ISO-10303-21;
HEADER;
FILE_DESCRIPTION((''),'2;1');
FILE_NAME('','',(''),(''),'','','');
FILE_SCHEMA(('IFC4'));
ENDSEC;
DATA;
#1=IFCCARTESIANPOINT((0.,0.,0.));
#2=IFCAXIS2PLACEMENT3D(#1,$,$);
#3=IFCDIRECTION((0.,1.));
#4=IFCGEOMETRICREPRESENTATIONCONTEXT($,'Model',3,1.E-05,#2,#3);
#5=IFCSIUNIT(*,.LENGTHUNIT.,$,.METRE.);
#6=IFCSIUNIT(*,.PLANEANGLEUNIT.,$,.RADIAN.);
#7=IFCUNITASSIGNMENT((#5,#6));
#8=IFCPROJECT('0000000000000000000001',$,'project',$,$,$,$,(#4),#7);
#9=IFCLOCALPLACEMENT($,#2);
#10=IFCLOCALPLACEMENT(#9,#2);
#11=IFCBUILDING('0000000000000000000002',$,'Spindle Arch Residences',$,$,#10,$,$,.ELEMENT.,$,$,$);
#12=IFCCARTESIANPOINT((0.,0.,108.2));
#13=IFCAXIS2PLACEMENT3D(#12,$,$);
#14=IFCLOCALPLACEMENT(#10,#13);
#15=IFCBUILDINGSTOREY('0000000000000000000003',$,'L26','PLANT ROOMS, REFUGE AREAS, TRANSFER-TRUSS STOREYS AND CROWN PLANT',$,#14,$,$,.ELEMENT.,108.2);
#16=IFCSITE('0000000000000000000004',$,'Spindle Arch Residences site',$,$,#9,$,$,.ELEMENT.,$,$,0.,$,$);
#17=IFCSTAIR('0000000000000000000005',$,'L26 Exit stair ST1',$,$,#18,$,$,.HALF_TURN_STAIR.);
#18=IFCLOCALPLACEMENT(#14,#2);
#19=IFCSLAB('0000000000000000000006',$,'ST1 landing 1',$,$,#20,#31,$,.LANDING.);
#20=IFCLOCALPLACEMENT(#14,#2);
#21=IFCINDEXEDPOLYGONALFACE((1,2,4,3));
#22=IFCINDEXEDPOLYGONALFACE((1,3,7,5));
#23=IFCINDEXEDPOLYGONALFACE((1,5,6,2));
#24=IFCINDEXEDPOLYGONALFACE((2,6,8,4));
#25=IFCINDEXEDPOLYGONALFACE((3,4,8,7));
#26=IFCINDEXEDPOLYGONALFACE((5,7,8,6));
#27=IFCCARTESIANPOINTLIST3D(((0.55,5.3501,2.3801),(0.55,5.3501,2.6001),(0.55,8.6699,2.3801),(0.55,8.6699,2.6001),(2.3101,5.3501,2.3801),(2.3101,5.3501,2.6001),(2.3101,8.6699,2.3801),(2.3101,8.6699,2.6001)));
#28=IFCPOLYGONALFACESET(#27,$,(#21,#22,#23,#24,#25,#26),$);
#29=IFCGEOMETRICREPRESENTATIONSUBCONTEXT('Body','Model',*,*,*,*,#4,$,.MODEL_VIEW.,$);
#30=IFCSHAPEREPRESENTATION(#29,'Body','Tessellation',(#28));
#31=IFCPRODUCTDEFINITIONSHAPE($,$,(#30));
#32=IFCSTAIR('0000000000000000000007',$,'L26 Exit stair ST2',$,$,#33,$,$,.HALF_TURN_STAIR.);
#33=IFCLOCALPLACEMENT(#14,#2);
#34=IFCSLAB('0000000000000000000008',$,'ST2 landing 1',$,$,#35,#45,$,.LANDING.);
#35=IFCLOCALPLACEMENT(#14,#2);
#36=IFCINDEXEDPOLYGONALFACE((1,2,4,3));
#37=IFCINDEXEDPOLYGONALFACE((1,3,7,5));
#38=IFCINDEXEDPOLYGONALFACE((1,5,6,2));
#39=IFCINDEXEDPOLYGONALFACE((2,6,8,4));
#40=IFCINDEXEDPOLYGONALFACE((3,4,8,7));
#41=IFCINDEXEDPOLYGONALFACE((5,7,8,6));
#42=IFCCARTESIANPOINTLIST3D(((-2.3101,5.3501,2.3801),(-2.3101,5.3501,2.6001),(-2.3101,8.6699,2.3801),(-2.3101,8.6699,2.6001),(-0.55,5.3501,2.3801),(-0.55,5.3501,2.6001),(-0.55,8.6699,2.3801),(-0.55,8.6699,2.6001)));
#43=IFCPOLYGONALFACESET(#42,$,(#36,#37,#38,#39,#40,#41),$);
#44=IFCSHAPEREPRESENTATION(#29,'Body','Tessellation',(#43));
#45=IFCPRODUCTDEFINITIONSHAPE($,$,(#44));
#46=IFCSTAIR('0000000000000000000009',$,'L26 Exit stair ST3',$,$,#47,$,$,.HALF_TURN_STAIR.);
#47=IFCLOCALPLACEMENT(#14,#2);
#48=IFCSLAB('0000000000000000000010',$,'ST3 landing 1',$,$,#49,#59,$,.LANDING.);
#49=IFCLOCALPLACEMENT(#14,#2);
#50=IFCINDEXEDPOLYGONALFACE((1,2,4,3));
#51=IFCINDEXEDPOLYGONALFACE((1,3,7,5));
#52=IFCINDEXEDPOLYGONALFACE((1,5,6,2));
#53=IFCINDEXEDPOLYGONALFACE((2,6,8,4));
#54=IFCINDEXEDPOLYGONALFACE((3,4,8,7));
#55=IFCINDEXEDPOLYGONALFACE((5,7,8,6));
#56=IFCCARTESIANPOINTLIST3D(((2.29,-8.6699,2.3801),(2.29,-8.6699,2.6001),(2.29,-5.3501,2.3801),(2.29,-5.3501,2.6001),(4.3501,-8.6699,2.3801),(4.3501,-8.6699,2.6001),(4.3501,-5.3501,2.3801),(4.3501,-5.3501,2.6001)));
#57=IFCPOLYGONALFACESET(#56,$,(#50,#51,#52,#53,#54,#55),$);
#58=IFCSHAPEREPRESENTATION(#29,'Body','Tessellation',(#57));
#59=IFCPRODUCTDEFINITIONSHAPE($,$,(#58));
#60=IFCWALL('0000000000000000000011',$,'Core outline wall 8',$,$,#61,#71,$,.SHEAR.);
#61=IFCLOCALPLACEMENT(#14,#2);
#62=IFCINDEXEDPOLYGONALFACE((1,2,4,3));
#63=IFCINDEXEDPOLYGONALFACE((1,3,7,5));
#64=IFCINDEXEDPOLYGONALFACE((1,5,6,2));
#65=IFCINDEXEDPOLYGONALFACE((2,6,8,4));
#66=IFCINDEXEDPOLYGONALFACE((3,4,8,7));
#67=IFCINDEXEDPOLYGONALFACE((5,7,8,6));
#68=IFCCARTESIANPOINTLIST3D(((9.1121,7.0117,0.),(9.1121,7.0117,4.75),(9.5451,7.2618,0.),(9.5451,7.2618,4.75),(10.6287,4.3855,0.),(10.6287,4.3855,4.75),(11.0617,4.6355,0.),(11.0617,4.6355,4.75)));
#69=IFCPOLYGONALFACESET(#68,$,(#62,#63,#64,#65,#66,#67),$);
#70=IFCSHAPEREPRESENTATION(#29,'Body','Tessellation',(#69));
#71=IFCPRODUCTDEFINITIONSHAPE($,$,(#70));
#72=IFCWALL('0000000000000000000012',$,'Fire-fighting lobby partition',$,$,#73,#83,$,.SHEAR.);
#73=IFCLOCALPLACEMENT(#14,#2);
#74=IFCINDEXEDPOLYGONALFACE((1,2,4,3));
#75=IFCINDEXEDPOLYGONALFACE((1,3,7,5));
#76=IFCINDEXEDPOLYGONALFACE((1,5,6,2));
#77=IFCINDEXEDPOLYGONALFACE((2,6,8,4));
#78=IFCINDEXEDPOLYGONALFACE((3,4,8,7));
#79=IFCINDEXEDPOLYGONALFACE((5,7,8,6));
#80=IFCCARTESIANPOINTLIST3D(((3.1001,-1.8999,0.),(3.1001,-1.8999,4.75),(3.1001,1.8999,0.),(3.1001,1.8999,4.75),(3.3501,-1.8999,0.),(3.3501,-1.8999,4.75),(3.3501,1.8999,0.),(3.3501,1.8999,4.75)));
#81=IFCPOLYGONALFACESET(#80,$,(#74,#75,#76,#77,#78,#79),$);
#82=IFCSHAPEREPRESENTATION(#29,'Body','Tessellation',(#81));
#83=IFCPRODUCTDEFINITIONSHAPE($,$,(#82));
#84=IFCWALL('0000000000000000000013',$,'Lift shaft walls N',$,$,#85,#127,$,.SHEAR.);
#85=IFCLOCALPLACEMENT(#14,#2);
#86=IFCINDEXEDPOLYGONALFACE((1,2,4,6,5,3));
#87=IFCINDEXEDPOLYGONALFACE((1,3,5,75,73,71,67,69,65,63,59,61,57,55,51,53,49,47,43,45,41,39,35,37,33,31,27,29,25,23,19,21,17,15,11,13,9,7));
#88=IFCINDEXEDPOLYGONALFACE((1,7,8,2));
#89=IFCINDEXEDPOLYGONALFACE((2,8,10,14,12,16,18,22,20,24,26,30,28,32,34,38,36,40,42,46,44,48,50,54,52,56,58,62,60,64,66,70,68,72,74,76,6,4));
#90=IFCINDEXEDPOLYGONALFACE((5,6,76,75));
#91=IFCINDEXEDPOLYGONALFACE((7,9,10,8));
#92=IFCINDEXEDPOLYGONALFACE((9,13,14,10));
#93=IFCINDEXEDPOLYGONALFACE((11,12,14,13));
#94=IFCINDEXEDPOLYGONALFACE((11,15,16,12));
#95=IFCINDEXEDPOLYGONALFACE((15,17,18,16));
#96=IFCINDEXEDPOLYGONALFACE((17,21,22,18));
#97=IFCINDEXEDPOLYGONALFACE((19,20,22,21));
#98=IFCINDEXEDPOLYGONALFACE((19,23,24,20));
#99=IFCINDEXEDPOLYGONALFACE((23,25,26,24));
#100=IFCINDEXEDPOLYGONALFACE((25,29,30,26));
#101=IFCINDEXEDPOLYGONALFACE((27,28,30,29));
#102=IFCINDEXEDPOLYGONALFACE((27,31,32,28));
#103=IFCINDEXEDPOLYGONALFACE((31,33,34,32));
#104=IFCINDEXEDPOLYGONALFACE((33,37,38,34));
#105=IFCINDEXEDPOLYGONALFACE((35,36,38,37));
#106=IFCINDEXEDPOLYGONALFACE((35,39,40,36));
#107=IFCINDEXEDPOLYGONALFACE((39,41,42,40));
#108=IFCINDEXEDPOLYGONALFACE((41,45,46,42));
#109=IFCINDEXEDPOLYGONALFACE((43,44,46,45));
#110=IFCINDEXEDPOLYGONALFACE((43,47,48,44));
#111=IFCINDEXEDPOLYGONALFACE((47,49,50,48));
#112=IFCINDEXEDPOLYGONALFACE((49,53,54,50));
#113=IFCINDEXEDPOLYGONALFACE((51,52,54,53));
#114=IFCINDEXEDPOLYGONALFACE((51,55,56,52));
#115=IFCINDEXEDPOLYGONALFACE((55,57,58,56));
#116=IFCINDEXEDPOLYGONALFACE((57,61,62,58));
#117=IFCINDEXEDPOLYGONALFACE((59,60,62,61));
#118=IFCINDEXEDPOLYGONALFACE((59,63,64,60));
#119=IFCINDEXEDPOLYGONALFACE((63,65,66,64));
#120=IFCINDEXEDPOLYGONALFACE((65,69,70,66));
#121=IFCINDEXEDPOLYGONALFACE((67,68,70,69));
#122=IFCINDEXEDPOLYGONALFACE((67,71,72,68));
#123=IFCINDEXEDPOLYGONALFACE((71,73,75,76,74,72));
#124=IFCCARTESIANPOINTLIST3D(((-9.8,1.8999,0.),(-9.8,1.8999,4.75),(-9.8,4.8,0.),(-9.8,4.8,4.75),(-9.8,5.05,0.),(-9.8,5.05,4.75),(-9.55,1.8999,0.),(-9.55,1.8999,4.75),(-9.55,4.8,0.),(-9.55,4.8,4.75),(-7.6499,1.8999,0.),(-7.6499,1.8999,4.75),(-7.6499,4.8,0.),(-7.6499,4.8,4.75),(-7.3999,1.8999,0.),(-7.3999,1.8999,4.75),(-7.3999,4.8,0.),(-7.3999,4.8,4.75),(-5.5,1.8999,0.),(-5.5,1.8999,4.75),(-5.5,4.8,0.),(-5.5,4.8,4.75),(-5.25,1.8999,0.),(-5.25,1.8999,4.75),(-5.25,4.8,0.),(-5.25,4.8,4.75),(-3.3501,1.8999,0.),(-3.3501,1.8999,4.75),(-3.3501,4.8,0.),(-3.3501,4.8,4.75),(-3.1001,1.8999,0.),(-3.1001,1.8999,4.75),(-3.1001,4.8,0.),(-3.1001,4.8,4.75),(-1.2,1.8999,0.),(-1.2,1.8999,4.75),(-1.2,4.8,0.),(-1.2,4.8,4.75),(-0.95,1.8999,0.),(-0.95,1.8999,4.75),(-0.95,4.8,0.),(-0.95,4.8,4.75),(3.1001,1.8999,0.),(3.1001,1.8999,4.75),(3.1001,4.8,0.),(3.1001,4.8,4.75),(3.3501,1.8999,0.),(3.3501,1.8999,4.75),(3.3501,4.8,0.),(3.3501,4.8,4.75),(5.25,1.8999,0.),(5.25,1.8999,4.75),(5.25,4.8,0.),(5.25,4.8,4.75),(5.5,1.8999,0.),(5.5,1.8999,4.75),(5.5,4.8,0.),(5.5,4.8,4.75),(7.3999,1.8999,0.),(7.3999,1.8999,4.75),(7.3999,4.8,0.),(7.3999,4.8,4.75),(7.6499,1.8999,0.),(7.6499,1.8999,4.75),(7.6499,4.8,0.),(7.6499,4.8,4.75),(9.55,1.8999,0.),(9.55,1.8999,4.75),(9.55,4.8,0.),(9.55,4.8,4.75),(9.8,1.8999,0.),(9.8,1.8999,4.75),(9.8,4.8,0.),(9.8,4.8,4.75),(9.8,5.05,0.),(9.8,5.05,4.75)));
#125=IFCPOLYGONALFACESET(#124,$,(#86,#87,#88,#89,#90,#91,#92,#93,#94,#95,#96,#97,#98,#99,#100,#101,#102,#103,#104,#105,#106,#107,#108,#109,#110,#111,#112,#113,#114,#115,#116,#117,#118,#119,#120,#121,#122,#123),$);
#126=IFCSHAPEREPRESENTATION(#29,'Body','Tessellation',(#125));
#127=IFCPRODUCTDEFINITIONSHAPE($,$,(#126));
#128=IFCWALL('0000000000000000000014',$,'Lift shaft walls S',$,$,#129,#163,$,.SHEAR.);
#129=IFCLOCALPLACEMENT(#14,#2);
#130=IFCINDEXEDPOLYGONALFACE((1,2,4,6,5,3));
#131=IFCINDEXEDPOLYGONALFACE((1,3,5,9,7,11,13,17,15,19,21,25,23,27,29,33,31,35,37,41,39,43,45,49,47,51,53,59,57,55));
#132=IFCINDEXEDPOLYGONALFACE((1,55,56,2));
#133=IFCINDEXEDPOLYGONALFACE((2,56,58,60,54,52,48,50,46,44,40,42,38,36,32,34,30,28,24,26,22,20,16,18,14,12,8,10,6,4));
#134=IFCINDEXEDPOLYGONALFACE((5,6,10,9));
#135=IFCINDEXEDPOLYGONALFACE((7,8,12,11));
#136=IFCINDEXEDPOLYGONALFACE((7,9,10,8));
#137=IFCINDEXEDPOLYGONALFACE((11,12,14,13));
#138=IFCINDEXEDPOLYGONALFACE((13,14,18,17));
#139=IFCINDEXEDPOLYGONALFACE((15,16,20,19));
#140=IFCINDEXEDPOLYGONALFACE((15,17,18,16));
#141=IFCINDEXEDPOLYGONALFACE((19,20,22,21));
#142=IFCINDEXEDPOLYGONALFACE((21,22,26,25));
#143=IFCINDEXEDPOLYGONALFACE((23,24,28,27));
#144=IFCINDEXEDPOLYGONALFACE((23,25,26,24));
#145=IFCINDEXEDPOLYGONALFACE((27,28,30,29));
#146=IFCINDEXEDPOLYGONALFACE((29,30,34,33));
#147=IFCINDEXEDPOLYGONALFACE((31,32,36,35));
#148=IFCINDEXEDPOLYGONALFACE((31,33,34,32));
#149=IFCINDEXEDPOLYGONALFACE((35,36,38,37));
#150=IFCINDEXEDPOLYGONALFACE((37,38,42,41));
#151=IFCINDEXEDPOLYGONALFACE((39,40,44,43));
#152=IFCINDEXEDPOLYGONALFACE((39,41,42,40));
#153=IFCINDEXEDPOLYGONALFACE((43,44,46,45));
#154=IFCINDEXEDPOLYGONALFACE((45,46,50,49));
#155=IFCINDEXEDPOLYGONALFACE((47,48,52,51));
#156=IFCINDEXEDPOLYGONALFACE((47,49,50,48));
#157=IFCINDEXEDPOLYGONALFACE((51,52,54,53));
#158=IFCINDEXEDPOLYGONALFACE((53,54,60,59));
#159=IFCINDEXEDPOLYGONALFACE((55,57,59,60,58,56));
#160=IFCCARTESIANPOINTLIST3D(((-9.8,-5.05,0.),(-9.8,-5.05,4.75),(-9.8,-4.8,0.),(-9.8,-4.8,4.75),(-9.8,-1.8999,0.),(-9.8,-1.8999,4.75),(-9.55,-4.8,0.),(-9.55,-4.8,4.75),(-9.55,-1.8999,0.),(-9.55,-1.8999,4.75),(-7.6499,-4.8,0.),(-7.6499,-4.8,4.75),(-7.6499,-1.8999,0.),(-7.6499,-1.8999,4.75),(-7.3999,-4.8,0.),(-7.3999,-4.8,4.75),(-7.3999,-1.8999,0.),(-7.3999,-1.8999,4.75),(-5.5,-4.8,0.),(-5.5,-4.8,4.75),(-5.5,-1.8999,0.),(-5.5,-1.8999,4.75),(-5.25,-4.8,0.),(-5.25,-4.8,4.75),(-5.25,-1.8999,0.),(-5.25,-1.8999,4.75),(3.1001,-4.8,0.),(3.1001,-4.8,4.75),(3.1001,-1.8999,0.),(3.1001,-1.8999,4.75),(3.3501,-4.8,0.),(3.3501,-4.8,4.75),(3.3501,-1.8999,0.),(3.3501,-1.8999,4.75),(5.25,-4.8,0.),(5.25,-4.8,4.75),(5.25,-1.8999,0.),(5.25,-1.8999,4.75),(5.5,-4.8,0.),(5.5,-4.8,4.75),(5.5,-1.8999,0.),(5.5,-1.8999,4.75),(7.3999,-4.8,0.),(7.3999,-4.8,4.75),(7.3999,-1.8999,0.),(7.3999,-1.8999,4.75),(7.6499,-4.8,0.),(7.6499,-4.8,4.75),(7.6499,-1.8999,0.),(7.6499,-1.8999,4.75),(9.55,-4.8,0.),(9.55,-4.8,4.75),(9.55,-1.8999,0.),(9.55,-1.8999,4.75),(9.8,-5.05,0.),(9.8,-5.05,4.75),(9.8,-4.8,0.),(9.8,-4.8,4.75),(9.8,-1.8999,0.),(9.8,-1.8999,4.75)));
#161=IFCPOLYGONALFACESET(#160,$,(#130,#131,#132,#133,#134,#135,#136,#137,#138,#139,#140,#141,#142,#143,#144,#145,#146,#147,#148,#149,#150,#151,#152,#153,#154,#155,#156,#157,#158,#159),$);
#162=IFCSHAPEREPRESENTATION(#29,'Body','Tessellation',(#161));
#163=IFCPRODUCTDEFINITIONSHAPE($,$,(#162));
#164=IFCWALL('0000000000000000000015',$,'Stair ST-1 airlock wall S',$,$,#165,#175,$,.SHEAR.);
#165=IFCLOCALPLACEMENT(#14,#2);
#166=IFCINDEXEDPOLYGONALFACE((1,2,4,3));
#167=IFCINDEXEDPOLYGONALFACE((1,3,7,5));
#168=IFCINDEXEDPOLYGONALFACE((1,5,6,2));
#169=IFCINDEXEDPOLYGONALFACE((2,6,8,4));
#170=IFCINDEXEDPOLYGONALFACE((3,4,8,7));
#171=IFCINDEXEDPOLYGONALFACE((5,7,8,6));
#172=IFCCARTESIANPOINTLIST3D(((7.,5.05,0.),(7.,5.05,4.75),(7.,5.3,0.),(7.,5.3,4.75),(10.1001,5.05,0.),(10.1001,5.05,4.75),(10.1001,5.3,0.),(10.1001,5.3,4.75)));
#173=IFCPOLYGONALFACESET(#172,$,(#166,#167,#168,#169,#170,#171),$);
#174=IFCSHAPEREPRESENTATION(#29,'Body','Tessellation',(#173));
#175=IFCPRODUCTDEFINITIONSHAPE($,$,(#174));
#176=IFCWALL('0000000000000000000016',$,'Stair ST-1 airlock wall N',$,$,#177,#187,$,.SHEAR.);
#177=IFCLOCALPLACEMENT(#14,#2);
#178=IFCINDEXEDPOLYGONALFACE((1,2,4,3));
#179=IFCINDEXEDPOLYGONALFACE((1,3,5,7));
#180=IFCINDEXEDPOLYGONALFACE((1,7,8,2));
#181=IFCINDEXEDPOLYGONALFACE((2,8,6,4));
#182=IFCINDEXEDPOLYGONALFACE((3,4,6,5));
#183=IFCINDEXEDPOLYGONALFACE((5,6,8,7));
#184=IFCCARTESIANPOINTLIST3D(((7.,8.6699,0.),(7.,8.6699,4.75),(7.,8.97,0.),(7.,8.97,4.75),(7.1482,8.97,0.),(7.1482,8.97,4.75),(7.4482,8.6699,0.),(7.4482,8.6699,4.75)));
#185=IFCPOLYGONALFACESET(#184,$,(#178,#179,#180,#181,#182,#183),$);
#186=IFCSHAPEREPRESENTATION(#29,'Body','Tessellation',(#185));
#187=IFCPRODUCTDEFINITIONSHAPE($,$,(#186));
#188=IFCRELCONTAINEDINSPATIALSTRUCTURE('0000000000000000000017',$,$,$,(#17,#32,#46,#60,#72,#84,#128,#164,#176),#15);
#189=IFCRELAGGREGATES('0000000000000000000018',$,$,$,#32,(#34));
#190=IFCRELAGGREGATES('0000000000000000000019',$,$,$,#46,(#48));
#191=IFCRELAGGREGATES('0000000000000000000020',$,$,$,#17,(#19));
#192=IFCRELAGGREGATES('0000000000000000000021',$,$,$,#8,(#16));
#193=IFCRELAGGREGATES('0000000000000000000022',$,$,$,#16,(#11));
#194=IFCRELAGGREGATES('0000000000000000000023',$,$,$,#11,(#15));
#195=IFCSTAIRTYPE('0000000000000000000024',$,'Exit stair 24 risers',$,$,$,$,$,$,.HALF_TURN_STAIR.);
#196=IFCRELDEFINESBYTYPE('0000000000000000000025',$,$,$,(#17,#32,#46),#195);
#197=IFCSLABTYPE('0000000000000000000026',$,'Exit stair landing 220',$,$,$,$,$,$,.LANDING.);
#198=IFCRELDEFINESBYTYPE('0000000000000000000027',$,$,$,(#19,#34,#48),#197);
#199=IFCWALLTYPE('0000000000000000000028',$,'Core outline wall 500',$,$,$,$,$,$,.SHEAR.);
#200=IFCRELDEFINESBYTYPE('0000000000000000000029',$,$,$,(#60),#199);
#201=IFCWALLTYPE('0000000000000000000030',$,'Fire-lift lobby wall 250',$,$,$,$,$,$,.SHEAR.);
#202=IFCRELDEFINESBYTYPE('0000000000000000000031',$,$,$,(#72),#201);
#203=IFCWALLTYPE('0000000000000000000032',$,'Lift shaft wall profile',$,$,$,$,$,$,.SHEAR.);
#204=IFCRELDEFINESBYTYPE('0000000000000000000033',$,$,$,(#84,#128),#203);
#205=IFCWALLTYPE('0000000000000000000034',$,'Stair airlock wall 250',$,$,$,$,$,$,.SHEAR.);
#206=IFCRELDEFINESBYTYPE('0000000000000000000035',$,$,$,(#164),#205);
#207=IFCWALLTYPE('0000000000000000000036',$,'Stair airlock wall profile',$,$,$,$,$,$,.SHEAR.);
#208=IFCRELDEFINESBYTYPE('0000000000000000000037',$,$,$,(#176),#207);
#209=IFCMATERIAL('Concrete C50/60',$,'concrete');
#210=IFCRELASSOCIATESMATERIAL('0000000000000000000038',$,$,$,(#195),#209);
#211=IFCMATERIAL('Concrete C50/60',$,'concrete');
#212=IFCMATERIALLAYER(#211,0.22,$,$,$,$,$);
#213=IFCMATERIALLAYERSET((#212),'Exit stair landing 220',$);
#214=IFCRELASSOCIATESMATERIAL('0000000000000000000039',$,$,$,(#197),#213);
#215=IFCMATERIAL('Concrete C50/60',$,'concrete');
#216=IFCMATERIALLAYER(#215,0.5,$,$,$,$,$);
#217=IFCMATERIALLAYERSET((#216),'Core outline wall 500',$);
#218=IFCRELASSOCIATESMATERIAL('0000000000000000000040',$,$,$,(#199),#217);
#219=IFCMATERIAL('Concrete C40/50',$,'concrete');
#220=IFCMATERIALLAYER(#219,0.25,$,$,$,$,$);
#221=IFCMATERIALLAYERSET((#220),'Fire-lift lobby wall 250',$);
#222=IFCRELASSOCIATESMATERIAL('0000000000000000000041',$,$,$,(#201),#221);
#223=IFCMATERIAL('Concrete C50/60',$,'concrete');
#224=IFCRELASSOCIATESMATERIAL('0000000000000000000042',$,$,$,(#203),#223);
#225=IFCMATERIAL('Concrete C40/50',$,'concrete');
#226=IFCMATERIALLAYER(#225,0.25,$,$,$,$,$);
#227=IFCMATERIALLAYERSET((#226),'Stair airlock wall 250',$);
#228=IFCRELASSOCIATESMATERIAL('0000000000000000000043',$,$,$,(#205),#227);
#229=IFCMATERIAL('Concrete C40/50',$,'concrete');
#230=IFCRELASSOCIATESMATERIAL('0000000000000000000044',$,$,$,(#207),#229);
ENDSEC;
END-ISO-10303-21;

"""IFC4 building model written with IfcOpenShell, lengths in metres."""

from ifc_helpers import new_model, si_unit, direction, frame, frame_2d, origin, place, context, subcontext, project, spatial, polyline, rectangle, outline, extrude, material, layer, layer_set, type_object, element, aggregate, save


model = new_model("IFC4")

# Units and contexts
model_context = context("Model", 3, precision=1e-05, world=origin(), true_north=direction((0.0, 1.0)))
body_context = subcontext(model_context, "Body", "Model", "MODEL_VIEW")
ifc_project = project(units=[si_unit("LENGTHUNIT", "METRE"), si_unit("PLANEANGLEUNIT", "RADIAN")], contexts=[model_context])

# Site, building, storey
site_placement = place(None, origin())
site = spatial("IfcSite", under=ifc_project, at=site_placement, Name="Spindle Arch Residences site", CompositionType="ELEMENT", RefElevation=0.0)
building_placement = place(site_placement, origin())
building = spatial("IfcBuilding", under=site, at=building_placement, Name="Spindle Arch Residences", CompositionType="ELEMENT")
storey_placement = place(building_placement, frame((0.0, 0.0, 108.2)))
storey = spatial("IfcBuildingStorey", under=building, at=storey_placement, Name="L26", Description="PLANT ROOMS, REFUGE AREAS, TRANSFER-TRUSS STOREYS AND CROWN PLANT", CompositionType="ELEMENT", Elevation=108.2)

# Stairs, slabs
ifc_material_1 = material(Name="Concrete C50/60", Category="concrete")
stair_type = type_object("IfcStairType", Name="Exit stair 24 risers", PredefinedType="HALF_TURN_STAIR", material=ifc_material_1)
stair_1_placement = place(storey_placement, origin())
stair_1 = element("IfcStair", 1, at=stair_1_placement, inside=storey, type_object=stair_type, Name="L26 Exit stair ST1", PredefinedType="HALF_TURN_STAIR")
ifc_material_2 = material(Name="Concrete C50/60", Category="concrete")
ifc_layer_1 = layer(ifc_material_2, 0.22)
ifc_layer_set_1 = layer_set([ifc_layer_1], Name="Exit stair landing 220")
slab_type_1 = type_object("IfcSlabType", Name="Exit stair landing 220", PredefinedType="LANDING", material=ifc_layer_set_1)
slab_1_placement = place(storey_placement, frame((0.0, 0.0, 2.3801)))
slab_1 = element("IfcSlab", 2, at=slab_1_placement, type_object=slab_type_1, Name="ST1 landing 1", PredefinedType="LANDING", context=body_context, shape_type="SweptSolid", body=[
    extrude(outline(polyline([(2.3101, 8.6699), (0.55, 8.6699), (0.55, 5.3501), (2.3101, 5.3501), (2.3101, 8.6699)])), origin(), (0.0, 0.0, 1.0), 0.22),
])
stair_2_placement = place(storey_placement, origin())
stair_2 = element("IfcStair", 3, at=stair_2_placement, inside=storey, type_object=stair_type, Name="L26 Exit stair ST2", PredefinedType="HALF_TURN_STAIR")
slab_2_placement = place(storey_placement, frame((0.0, 0.0, 2.3801)))
slab_2 = element("IfcSlab", 4, at=slab_2_placement, type_object=slab_type_1, Name="ST2 landing 1", PredefinedType="LANDING", context=body_context, shape_type="SweptSolid", body=[
    extrude(outline(polyline([(-2.3101, 5.3501), (-0.55, 5.3501), (-0.55, 8.6699), (-2.3101, 8.6699), (-2.3101, 5.3501)])), origin(), (0.0, 0.0, 1.0), 0.22),
])
aggregate(stair_2, [slab_2])
stair_3_placement = place(storey_placement, origin())
stair_3 = element("IfcStair", 5, at=stair_3_placement, inside=storey, type_object=stair_type, Name="L26 Exit stair ST3", PredefinedType="HALF_TURN_STAIR")
slab_3_placement = place(storey_placement, frame((0.0, 0.0, 2.3801)))
slab_3 = element("IfcSlab", 6, at=slab_3_placement, type_object=slab_type_1, Name="ST3 landing 1", PredefinedType="LANDING", context=body_context, shape_type="SweptSolid", body=[
    extrude(outline(polyline([(2.29, -8.6699), (4.3501, -8.6699), (4.3501, -5.3501), (2.29, -5.3501), (2.29, -8.6699)])), origin(), (0.0, 0.0, 1.0), 0.22),
])
aggregate(stair_3, [slab_3])

# Wall
ifc_material_3 = material(Name="Concrete C50/60", Category="concrete")
ifc_layer_2 = layer(ifc_material_3, 0.5)
ifc_layer_set_2 = layer_set([ifc_layer_2], Name="Core outline wall 500")
wall_type_1 = type_object("IfcWallType", Name="Core outline wall 500", PredefinedType="SHEAR", material=ifc_layer_set_2)
wall_1_placement = place(storey_placement, frame((10.8452, 4.5105, 0.0), z_axis=(0.0, 0.0, 1.0), x_axis=(-0.500087, 0.865975, 0.0)))
element("IfcWall", 7, at=wall_1_placement, inside=storey, type_object=wall_type_1, Name="Core outline wall 8", PredefinedType="SHEAR", context=body_context, shape_type="SweptSolid", body=[
    extrude(rectangle(XDim=3.0327, YDim=0.5, at=frame_2d((1.5164, 0.0))), origin(), (0.0, 0.0, 1.0), 4.75),
])

# Shared definitions
ifc_material_4 = material(Name="Concrete C40/50", Category="concrete")
ifc_layer_3 = layer(ifc_material_4, 0.25)
ifc_layer_set_3 = layer_set([ifc_layer_3], Name="Fire-lift lobby wall 250")
wall_type_2 = type_object("IfcWallType", Name="Fire-lift lobby wall 250", PredefinedType="SHEAR", material=ifc_layer_set_3)

# Wall
wall_2_placement = place(storey_placement, frame((3.2251, -1.8999, 0.0), z_axis=(0.0, 0.0, 1.0), x_axis=(0.0, 1.0, 0.0)))
element("IfcWall", 8, at=wall_2_placement, inside=storey, type_object=wall_type_2, Name="Fire-fighting lobby partition", PredefinedType="SHEAR", context=body_context, shape_type="SweptSolid", body=[
    extrude(rectangle(XDim=3.7998, YDim=0.25, at=frame_2d((1.8999, 0.0))), origin(), (0.0, 0.0, 1.0), 4.75),
])

# Walls
ifc_material_5 = material(Name="Concrete C50/60", Category="concrete")
wall_type_3 = type_object("IfcWallType", Name="Lift shaft wall profile", PredefinedType="SHEAR", material=ifc_material_5)
wall_3_placement = place(storey_placement, origin())
element("IfcWall", 9, at=wall_3_placement, inside=storey, type_object=wall_type_3, Name="Lift shaft walls N", PredefinedType="SHEAR", context=body_context, shape_type="SweptSolid", body=[
    extrude(outline(polyline([(-9.55, 4.8), (-7.6499, 4.8), (-7.6499, 1.8999), (-7.3999, 1.8999), (-7.3999, 4.8), (-5.5, 4.8), (-5.5, 1.8999), (-5.25, 1.8999), (-5.25, 4.8), (-3.3501, 4.8), (-3.3501, 1.8999), (-3.1001, 1.8999), (-3.1001, 4.8), (-1.2, 4.8), (-1.2, 1.8999), (-0.95, 1.8999), (-0.95, 4.8), (3.1001, 4.8), (3.1001, 1.8999), (3.3501, 1.8999), (3.3501, 4.8), (5.25, 4.8), (5.25, 1.8999), (5.5, 1.8999), (5.5, 4.8), (7.3999, 4.8), (7.3999, 1.8999), (7.6499, 1.8999), (7.6499, 4.8), (9.55, 4.8), (9.55, 1.8999), (9.8, 1.8999), (9.8, 4.8), (9.8, 5.05), (-9.8, 5.05), (-9.8, 4.8), (-9.8, 1.8999), (-9.55, 1.8999), (-9.55, 4.8)])), origin(), (0.0, 0.0, 1.0), 4.75),
])
wall_4_placement = place(storey_placement, origin())
element("IfcWall", 10, at=wall_4_placement, inside=storey, type_object=wall_type_3, Name="Lift shaft walls S", PredefinedType="SHEAR", context=body_context, shape_type="SweptSolid", body=[
    extrude(outline(polyline([(9.8, -5.05), (9.8, -4.8), (9.8, -1.8999), (9.55, -1.8999), (9.55, -4.8), (7.6499, -4.8), (7.6499, -1.8999), (7.3999, -1.8999), (7.3999, -4.8), (5.5, -4.8), (5.5, -1.8999), (5.25, -1.8999), (5.25, -4.8), (3.3501, -4.8), (3.3501, -1.8999), (3.1001, -1.8999), (3.1001, -4.8), (-5.25, -4.8), (-5.25, -1.8999), (-5.5, -1.8999), (-5.5, -4.8), (-7.3999, -4.8), (-7.3999, -1.8999), (-7.6499, -1.8999), (-7.6499, -4.8), (-9.55, -4.8), (-9.55, -1.8999), (-9.8, -1.8999), (-9.8, -4.8), (-9.8, -5.05), (9.8, -5.05)])), origin(), (0.0, 0.0, 1.0), 4.75),
])
ifc_material_6 = material(Name="Concrete C40/50", Category="concrete")
ifc_layer_4 = layer(ifc_material_6, 0.25)
ifc_layer_set_4 = layer_set([ifc_layer_4], Name="Stair airlock wall 250")
wall_type_4 = type_object("IfcWallType", Name="Stair airlock wall 250", PredefinedType="SHEAR", material=ifc_layer_set_4)
wall_5_placement = place(storey_placement, frame((7.0, 5.175, 0.0), z_axis=(0.0, 0.0, 1.0), x_axis=(1.0, 0.0, 0.0)))
element("IfcWall", 11, at=wall_5_placement, inside=storey, type_object=wall_type_4, Name="Stair ST-1 airlock wall S", PredefinedType="SHEAR", context=body_context, shape_type="SweptSolid", body=[
    extrude(rectangle(XDim=3.1001, YDim=0.25, at=frame_2d((1.55, 0.0))), origin(), (0.0, 0.0, 1.0), 4.75),
])
ifc_material_7 = material(Name="Concrete C40/50", Category="concrete")
wall_type_5 = type_object("IfcWallType", Name="Stair airlock wall profile", PredefinedType="SHEAR", material=ifc_material_7)
wall_6_placement = place(storey_placement, origin())
element("IfcWall", 12, at=wall_6_placement, inside=storey, type_object=wall_type_5, Name="Stair ST-1 airlock wall N", PredefinedType="SHEAR", context=body_context, shape_type="SweptSolid", body=[
    extrude(outline(polyline([(7.4482, 8.6699), (7.0, 8.6699), (7.0, 8.97), (7.1482, 8.97), (7.4482, 8.6699)])), origin(), (0.0, 0.0, 1.0), 4.75),
])

aggregate(stair_1, [slab_1])

save(model, "model.ifc")
